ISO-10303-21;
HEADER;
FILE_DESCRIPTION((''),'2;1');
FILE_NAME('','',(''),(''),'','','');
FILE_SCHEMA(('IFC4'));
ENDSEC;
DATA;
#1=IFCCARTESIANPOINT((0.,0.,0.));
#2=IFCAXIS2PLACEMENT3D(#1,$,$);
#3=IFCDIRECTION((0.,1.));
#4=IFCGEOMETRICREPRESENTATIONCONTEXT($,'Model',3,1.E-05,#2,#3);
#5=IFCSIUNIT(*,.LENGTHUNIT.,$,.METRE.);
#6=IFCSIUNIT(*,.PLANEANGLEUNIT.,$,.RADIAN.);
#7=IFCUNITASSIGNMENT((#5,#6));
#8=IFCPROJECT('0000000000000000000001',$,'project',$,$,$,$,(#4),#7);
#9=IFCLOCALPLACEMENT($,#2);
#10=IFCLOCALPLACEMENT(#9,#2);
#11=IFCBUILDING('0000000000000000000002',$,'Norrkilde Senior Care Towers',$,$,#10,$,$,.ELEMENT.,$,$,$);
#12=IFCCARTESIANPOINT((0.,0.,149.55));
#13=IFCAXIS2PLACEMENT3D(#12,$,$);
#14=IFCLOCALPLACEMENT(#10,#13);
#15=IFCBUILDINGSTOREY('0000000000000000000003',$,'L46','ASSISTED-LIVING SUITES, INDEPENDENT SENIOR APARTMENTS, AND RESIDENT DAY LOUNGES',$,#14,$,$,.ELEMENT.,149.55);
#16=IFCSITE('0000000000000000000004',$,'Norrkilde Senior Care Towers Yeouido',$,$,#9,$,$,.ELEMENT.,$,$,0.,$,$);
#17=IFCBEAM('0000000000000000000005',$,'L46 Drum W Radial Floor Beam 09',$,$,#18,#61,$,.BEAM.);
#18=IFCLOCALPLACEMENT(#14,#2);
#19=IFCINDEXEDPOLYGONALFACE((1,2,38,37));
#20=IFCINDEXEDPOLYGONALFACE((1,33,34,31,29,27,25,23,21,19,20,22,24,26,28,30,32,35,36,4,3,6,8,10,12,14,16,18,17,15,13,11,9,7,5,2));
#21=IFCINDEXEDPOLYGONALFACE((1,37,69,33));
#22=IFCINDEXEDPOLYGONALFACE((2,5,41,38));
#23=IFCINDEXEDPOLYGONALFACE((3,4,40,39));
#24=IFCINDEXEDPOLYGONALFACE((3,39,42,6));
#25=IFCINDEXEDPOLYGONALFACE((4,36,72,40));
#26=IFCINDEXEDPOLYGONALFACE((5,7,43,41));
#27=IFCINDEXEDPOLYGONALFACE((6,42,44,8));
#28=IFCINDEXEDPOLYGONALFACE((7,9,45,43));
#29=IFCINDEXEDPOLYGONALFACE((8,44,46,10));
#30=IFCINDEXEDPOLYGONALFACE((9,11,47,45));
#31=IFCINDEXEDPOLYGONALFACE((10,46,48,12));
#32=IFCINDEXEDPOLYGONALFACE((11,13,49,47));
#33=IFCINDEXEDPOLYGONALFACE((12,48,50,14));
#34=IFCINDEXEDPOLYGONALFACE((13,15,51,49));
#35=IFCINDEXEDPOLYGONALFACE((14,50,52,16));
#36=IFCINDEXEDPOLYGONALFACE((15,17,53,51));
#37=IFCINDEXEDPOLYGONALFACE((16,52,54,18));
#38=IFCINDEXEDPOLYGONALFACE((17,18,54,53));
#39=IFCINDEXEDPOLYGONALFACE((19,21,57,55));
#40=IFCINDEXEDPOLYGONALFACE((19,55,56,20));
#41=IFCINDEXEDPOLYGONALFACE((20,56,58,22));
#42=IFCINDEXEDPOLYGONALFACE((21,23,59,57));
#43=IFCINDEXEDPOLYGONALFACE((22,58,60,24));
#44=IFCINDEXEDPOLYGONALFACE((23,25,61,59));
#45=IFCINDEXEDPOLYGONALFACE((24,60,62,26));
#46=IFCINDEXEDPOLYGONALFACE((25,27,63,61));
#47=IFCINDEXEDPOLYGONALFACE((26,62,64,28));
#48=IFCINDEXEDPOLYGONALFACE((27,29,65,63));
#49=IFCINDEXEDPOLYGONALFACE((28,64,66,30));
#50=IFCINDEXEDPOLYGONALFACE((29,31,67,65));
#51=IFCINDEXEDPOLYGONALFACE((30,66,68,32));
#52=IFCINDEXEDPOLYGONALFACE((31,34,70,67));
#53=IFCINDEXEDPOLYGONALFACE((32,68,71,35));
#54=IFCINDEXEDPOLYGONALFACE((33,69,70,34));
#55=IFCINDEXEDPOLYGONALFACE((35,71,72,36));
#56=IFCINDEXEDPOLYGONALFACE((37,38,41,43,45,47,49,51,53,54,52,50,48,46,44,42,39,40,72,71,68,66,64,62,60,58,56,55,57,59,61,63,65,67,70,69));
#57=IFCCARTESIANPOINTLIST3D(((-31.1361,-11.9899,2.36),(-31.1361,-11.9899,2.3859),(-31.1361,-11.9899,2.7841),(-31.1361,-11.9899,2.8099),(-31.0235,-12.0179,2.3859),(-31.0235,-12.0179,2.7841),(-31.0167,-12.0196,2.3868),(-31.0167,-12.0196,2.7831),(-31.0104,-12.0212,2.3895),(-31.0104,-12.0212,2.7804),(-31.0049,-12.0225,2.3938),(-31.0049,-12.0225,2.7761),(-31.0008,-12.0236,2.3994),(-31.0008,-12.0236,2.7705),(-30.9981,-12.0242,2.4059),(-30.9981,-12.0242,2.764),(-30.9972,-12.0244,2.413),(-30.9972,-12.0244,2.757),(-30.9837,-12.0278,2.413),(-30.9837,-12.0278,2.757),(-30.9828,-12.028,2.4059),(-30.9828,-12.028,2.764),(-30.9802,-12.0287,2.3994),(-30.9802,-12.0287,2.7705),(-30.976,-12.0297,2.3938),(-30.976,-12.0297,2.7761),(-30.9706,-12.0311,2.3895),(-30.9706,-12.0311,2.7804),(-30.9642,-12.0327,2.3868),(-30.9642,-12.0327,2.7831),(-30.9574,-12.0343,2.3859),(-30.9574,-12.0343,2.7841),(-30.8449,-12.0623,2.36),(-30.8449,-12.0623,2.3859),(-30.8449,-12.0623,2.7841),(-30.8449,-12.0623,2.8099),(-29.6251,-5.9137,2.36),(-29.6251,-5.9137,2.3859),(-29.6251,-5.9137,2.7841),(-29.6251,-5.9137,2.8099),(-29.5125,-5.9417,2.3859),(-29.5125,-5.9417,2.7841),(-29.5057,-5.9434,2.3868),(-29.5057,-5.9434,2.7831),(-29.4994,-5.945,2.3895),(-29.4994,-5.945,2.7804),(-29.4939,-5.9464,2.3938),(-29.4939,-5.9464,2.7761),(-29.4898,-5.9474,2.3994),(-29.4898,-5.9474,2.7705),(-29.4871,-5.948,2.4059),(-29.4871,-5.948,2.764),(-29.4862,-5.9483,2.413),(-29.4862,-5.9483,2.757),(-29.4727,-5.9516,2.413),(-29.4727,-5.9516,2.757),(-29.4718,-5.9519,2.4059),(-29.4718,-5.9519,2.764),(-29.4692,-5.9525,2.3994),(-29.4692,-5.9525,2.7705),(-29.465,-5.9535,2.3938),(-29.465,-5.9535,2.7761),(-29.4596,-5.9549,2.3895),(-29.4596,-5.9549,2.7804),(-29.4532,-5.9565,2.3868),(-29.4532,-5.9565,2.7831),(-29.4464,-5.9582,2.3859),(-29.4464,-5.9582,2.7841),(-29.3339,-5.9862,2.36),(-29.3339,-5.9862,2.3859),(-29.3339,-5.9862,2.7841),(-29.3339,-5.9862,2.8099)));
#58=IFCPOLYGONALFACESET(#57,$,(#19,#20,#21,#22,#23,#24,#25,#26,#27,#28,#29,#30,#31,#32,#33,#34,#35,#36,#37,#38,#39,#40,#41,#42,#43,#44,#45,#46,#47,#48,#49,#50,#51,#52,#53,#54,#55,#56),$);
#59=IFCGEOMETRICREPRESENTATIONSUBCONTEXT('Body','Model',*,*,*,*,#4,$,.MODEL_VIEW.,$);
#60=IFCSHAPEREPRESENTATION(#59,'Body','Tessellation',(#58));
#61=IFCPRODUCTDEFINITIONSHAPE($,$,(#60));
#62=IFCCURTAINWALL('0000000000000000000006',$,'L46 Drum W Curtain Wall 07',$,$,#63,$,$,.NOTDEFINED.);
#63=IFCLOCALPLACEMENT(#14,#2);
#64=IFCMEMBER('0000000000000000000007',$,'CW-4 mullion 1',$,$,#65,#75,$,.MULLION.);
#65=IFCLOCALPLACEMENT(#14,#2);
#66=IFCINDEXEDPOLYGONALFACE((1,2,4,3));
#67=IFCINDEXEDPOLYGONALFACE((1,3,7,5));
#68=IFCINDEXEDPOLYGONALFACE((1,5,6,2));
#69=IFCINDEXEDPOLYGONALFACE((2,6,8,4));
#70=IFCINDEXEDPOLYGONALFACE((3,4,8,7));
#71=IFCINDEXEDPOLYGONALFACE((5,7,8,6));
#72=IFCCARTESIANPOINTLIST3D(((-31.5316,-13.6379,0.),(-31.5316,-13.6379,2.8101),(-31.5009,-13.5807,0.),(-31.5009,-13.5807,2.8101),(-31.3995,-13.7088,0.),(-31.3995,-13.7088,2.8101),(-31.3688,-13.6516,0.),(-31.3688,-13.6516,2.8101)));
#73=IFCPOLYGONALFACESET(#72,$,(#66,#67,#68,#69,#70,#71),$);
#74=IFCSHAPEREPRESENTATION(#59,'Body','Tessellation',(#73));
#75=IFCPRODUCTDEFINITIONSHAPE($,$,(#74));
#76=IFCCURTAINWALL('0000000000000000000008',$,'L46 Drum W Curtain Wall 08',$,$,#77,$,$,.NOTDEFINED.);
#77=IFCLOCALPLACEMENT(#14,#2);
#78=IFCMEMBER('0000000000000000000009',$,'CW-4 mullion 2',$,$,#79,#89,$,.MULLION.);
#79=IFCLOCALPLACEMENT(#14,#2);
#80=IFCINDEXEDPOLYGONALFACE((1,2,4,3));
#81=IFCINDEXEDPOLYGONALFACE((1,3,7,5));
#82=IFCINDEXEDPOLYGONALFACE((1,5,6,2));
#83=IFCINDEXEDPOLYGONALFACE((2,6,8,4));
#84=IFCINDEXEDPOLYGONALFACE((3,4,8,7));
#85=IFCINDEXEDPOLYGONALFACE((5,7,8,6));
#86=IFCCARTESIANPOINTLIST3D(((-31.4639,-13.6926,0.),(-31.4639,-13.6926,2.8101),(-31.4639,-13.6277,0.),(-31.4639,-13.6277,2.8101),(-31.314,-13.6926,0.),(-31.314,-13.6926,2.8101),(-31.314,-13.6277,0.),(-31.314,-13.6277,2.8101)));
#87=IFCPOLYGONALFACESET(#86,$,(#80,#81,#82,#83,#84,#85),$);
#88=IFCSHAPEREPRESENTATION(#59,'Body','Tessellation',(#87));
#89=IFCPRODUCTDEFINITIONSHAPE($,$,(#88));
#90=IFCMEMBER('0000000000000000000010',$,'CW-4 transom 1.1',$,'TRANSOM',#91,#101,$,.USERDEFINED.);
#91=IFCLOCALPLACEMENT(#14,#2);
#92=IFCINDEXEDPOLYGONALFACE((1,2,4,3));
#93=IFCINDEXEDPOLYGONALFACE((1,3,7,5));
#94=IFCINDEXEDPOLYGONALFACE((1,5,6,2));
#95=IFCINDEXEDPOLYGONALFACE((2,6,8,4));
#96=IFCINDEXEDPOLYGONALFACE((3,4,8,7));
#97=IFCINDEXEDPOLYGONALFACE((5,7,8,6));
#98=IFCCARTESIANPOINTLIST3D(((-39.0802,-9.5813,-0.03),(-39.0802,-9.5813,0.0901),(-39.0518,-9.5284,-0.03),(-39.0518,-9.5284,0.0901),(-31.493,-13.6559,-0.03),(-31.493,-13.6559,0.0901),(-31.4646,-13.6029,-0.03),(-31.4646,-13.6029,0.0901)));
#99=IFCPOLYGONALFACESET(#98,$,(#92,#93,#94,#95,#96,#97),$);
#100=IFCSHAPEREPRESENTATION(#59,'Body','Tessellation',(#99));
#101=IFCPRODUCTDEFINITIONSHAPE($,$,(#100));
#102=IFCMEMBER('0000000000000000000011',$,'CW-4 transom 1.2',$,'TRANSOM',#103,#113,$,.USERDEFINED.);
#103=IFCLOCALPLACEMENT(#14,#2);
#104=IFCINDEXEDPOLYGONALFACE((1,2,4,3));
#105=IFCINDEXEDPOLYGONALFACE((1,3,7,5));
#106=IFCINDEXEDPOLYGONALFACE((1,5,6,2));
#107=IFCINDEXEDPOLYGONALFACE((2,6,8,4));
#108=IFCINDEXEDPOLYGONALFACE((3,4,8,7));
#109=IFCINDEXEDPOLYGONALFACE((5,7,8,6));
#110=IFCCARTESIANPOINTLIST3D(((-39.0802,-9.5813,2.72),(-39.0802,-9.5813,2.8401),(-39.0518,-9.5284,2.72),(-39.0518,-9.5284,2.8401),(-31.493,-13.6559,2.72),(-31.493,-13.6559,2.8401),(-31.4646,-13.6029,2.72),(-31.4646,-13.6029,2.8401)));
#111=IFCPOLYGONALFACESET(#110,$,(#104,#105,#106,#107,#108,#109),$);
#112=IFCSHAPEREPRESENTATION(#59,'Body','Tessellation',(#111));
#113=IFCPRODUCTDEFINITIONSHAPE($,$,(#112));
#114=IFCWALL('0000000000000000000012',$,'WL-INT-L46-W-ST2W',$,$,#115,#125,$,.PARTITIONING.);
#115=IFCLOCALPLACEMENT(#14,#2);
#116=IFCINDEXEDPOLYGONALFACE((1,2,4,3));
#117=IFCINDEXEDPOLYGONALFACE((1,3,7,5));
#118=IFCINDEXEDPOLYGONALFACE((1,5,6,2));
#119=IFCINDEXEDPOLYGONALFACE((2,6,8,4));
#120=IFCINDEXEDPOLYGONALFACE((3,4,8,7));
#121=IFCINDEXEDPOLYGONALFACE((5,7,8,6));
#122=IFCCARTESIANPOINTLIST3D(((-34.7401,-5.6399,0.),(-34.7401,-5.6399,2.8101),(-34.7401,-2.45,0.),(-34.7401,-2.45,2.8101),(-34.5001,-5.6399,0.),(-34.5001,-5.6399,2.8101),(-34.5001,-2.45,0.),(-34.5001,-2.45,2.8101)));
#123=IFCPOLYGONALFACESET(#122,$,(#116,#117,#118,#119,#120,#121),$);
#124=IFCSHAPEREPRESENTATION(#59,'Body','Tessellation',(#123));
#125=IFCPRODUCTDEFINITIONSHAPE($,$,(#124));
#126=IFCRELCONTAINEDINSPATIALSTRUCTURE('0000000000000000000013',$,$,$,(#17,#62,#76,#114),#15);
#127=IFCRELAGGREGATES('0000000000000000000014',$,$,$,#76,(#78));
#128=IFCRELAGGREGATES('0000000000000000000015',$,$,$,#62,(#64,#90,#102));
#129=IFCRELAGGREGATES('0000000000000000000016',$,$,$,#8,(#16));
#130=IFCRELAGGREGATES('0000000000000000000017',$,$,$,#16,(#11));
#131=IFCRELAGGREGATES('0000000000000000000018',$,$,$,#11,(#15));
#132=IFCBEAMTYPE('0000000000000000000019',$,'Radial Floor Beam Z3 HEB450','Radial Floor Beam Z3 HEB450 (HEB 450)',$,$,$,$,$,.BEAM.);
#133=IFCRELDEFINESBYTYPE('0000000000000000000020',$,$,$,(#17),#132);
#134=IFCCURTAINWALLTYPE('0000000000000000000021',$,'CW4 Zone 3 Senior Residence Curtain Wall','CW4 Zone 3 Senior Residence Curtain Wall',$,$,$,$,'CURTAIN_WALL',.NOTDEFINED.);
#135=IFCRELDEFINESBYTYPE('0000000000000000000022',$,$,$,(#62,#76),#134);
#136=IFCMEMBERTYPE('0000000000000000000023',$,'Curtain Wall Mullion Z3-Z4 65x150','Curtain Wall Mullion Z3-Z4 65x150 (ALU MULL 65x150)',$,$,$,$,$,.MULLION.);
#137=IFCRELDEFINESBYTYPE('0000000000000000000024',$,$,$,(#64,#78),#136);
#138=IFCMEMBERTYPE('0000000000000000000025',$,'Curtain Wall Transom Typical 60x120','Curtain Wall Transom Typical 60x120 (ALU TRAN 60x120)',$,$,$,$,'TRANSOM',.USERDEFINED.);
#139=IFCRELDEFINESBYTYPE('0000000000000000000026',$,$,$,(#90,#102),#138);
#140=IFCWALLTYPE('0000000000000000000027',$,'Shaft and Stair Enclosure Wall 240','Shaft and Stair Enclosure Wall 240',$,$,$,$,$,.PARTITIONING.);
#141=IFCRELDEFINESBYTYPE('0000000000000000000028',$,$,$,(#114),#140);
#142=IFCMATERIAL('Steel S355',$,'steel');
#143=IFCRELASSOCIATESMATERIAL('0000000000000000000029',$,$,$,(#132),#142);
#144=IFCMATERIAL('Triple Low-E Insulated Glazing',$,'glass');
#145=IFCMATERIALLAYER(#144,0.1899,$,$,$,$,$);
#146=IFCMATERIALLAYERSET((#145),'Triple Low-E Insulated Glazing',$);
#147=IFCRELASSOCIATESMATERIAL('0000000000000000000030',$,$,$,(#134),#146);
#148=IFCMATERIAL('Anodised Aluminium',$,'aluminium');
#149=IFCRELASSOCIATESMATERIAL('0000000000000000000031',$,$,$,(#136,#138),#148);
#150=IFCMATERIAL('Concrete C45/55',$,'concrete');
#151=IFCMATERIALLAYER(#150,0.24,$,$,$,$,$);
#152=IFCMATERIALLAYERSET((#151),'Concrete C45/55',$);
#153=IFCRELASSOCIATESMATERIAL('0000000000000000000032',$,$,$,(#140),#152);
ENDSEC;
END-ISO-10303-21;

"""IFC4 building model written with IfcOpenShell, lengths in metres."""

from ifc_helpers import new_model, si_unit, direction, frame, frame_2d, origin, origin_2d, place, context, subcontext, project, spatial, rectangle, i_section, extrude, source, transform, mapped, material, layer, layer_set, material_profile, profile_set, type_object, type_shapes, element, aggregate, save


model = new_model("IFC4")

# Units and contexts
model_context = context("Model", 3, precision=1e-05, world=origin(), true_north=direction((0.0, 1.0)))
body_context = subcontext(model_context, "Body", "Model", "MODEL_VIEW")
ifc_project = project(units=[si_unit("LENGTHUNIT", "METRE"), si_unit("PLANEANGLEUNIT", "RADIAN")], contexts=[model_context])

# Site, building, storey
site_placement = place(None, origin())
site = spatial("IfcSite", under=ifc_project, at=site_placement, Name="Norrkilde Senior Care Towers Yeouido", CompositionType="ELEMENT", RefElevation=0.0)
building_placement = place(site_placement, origin())
building = spatial("IfcBuilding", under=site, at=building_placement, Name="Norrkilde Senior Care Towers", CompositionType="ELEMENT")
storey_placement = place(building_placement, frame((0.0, 0.0, 149.55)))
storey = spatial("IfcBuildingStorey", under=building, at=storey_placement, Name="L46", Description="ASSISTED-LIVING SUITES, INDEPENDENT SENIOR APARTMENTS, AND RESIDENT DAY LOUNGES", CompositionType="ELEMENT", Elevation=149.55)

# Beam
ifc_material_1 = material(Name="Steel S355", Category="steel")
ifc_material_profile_1 = material_profile(ifc_material_1, i_section(OverallWidth=0.3, OverallDepth=0.45, WebThickness=0.0139, FlangeThickness=0.0259, FilletRadius=0.0271, at=origin_2d()), Name="HEB 450")
ifc_profile_set_1 = profile_set([ifc_material_profile_1], Name="Steel S355")
beam_type_1 = type_object("IfcBeamType", Name="Radial Floor Beam Z3 HEB450", Description="Radial Floor Beam Z3 HEB450 (HEB 450)", PredefinedType="BEAM", material=ifc_profile_set_1)
shared_shape_1 = source(origin(), body_context, "Body", "SweptSolid", [
    extrude(i_section(OverallWidth=0.3, OverallDepth=0.45, WebThickness=0.0139, FlangeThickness=0.0259, FilletRadius=0.0271, at=origin_2d()), origin(), (0.0, 0.0, 1.0), 6.2612),
])
beam_1_placement = place(storey_placement, frame((-29.4795, -5.95, 2.585), z_axis=(-0.241324, -0.970445, 0.0), x_axis=(0.970445, -0.241324, 0.0)))
element("IfcBeam", 1, at=beam_1_placement, inside=storey, type_object=beam_type_1, Name="L46 Drum W Radial Floor Beam 09", PredefinedType="BEAM", context=body_context, shape_type="MappedRepresentation", body=[
    mapped(shared_shape_1, transform((0.0, 0.0, 0.0), x_axis=(1.0, 0.0, 0.0), y_axis=(0.0, 1.0, 0.0), z_axis=(0.0, 0.0, 1.0), scale=1.0)),
])

# Curtain walls, members
ifc_material_2 = material(Name="Triple Low-E Insulated Glazing", Category="glass")
ifc_layer_1 = layer(ifc_material_2, 0.1899)
ifc_layer_set_1 = layer_set([ifc_layer_1], Name="Triple Low-E Insulated Glazing")
curtain_wall_type = type_object("IfcCurtainWallType", Name="CW4 Zone 3 Senior Residence Curtain Wall", Description="CW4 Zone 3 Senior Residence Curtain Wall", ElementType="CURTAIN_WALL", PredefinedType="NOTDEFINED", material=ifc_layer_set_1)
curtain_wall_1_placement = place(storey_placement, origin())
curtain_wall_1 = element("IfcCurtainWall", 2, at=curtain_wall_1_placement, inside=storey, type_object=curtain_wall_type, Name="L46 Drum W Curtain Wall 07", PredefinedType="NOTDEFINED")
ifc_material_3 = material(Name="Anodised Aluminium", Category="aluminium")
ifc_material_profile_2 = material_profile(ifc_material_3, rectangle(XDim=0.0649, YDim=0.1499, at=origin_2d()), Name="ALU MULL 65x150")
ifc_profile_set_2 = profile_set([ifc_material_profile_2], Name="Anodised Aluminium")
member_type_1 = type_object("IfcMemberType", Name="Curtain Wall Mullion Z3-Z4 65x150", Description="Curtain Wall Mullion Z3-Z4 65x150 (ALU MULL 65x150)", PredefinedType="MULLION", material=ifc_profile_set_2)
shared_shape_2 = source(origin(), body_context, "Body", "SweptSolid", [
    extrude(rectangle(XDim=0.0649, YDim=0.1499, at=origin_2d()), origin(), (0.0, 0.0, 1.0), 2.8101),
])
type_shapes(member_type_1, [shared_shape_2])
member_1_placement = place(storey_placement, frame((-31.4502, -13.6448, 0.0), z_axis=(0.0, 0.0, 1.0), x_axis=(-0.473117, -0.881, 0.0)))
member_1 = element("IfcMember", 3, at=member_1_placement, type_object=member_type_1, Name="CW-4 mullion 1", PredefinedType="MULLION", context=body_context, shape_type="MappedRepresentation", body=[
    mapped(shared_shape_2, transform((0.0, 0.0, 0.0), x_axis=(1.0, 0.0, 0.0), y_axis=(0.0, 1.0, 0.0), z_axis=(0.0, 0.0, 1.0), scale=1.0)),
])
curtain_wall_2_placement = place(storey_placement, origin())
curtain_wall_2 = element("IfcCurtainWall", 4, at=curtain_wall_2_placement, inside=storey, type_object=curtain_wall_type, Name="L46 Drum W Curtain Wall 08", PredefinedType="NOTDEFINED")
member_2_placement = place(storey_placement, frame((-31.3889, -13.6602, 0.0), z_axis=(0.0, 0.0, 1.0), x_axis=(0.0, -1.0, 0.0)))
member_2 = element("IfcMember", 5, at=member_2_placement, type_object=member_type_1, Name="CW-4 mullion 2", PredefinedType="MULLION", context=body_context, shape_type="MappedRepresentation", body=[
    mapped(shared_shape_2, transform((0.0, 0.0, 0.0), x_axis=(1.0, 0.0, 0.0), y_axis=(0.0, 1.0, 0.0), z_axis=(0.0, 0.0, 1.0), scale=1.0)),
])
aggregate(curtain_wall_2, [member_2])

# Members
ifc_material_profile_3 = material_profile(ifc_material_3, rectangle(XDim=0.0601, YDim=0.1201, at=origin_2d()), Name="ALU TRAN 60x120")
ifc_profile_set_3 = profile_set([ifc_material_profile_3], Name="Anodised Aluminium")
member_type_2 = type_object("IfcMemberType", Name="Curtain Wall Transom Typical 60x120", Description="Curtain Wall Transom Typical 60x120 (ALU TRAN 60x120)", ElementType="TRANSOM", PredefinedType="USERDEFINED", material=ifc_profile_set_3)
shared_shape_3 = source(origin(), body_context, "Body", "SweptSolid", [
    extrude(rectangle(XDim=0.0601, YDim=0.1201, at=origin_2d()), origin(), (0.0, 0.0, 1.0), 8.6121),
])
type_shapes(member_type_2, [shared_shape_3])
member_3_placement = place(storey_placement, frame((-31.4788, -13.6294, 0.03), z_axis=(-0.881, 0.473116, 0.0), x_axis=(-0.473116, -0.881, 0.0)))
member_3 = element("IfcMember", 6, at=member_3_placement, type_object=member_type_2, Name="CW-4 transom 1.1", ObjectType="TRANSOM", PredefinedType="USERDEFINED", context=body_context, shape_type="MappedRepresentation", body=[
    mapped(shared_shape_3, transform((0.0, 0.0, 0.0), x_axis=(1.0, 0.0, 0.0), y_axis=(0.0, 1.0, 0.0), z_axis=(0.0, 0.0, 1.0), scale=1.0)),
])
member_4_placement = place(storey_placement, frame((-31.4788, -13.6294, 2.78), z_axis=(-0.881, 0.473116, 0.0), x_axis=(-0.473116, -0.881, 0.0)))
member_4 = element("IfcMember", 7, at=member_4_placement, type_object=member_type_2, Name="CW-4 transom 1.2", ObjectType="TRANSOM", PredefinedType="USERDEFINED", context=body_context, shape_type="MappedRepresentation", body=[
    mapped(shared_shape_3, transform((0.0, 0.0, 0.0), x_axis=(1.0, 0.0, 0.0), y_axis=(0.0, 1.0, 0.0), z_axis=(0.0, 0.0, 1.0), scale=1.0)),
])
aggregate(curtain_wall_1, [member_1, member_3, member_4])

# Wall
ifc_material_4 = material(Name="Concrete C45/55", Category="concrete")
ifc_layer_2 = layer(ifc_material_4, 0.24)
ifc_layer_set_2 = layer_set([ifc_layer_2], Name="Concrete C45/55")
wall_type_1 = type_object("IfcWallType", Name="Shaft and Stair Enclosure Wall 240", Description="Shaft and Stair Enclosure Wall 240", PredefinedType="PARTITIONING", material=ifc_layer_set_2)
shared_shape_4 = source(origin(), body_context, "Body", "SweptSolid", [
    extrude(rectangle(XDim=3.1899, YDim=0.24, at=frame_2d((1.595, 0.0))), origin(), (0.0, 0.0, 1.0), 2.8101),
])
type_shapes(wall_type_1, [shared_shape_4])
wall_1_placement = place(storey_placement, frame((-34.6201, -5.6399, 0.0), z_axis=(0.0, 0.0, 1.0), x_axis=(0.0, 1.0, 0.0)))
element("IfcWall", 8, at=wall_1_placement, inside=storey, type_object=wall_type_1, Name="WL-INT-L46-W-ST2W", PredefinedType="PARTITIONING", context=body_context, shape_type="MappedRepresentation", body=[
    mapped(shared_shape_4, transform((0.0, 0.0, 0.0), x_axis=(1.0, 0.0, 0.0), y_axis=(0.0, 1.0, 0.0), z_axis=(0.0, 0.0, 1.0), scale=1.0)),
])

save(model, "model.ifc")
